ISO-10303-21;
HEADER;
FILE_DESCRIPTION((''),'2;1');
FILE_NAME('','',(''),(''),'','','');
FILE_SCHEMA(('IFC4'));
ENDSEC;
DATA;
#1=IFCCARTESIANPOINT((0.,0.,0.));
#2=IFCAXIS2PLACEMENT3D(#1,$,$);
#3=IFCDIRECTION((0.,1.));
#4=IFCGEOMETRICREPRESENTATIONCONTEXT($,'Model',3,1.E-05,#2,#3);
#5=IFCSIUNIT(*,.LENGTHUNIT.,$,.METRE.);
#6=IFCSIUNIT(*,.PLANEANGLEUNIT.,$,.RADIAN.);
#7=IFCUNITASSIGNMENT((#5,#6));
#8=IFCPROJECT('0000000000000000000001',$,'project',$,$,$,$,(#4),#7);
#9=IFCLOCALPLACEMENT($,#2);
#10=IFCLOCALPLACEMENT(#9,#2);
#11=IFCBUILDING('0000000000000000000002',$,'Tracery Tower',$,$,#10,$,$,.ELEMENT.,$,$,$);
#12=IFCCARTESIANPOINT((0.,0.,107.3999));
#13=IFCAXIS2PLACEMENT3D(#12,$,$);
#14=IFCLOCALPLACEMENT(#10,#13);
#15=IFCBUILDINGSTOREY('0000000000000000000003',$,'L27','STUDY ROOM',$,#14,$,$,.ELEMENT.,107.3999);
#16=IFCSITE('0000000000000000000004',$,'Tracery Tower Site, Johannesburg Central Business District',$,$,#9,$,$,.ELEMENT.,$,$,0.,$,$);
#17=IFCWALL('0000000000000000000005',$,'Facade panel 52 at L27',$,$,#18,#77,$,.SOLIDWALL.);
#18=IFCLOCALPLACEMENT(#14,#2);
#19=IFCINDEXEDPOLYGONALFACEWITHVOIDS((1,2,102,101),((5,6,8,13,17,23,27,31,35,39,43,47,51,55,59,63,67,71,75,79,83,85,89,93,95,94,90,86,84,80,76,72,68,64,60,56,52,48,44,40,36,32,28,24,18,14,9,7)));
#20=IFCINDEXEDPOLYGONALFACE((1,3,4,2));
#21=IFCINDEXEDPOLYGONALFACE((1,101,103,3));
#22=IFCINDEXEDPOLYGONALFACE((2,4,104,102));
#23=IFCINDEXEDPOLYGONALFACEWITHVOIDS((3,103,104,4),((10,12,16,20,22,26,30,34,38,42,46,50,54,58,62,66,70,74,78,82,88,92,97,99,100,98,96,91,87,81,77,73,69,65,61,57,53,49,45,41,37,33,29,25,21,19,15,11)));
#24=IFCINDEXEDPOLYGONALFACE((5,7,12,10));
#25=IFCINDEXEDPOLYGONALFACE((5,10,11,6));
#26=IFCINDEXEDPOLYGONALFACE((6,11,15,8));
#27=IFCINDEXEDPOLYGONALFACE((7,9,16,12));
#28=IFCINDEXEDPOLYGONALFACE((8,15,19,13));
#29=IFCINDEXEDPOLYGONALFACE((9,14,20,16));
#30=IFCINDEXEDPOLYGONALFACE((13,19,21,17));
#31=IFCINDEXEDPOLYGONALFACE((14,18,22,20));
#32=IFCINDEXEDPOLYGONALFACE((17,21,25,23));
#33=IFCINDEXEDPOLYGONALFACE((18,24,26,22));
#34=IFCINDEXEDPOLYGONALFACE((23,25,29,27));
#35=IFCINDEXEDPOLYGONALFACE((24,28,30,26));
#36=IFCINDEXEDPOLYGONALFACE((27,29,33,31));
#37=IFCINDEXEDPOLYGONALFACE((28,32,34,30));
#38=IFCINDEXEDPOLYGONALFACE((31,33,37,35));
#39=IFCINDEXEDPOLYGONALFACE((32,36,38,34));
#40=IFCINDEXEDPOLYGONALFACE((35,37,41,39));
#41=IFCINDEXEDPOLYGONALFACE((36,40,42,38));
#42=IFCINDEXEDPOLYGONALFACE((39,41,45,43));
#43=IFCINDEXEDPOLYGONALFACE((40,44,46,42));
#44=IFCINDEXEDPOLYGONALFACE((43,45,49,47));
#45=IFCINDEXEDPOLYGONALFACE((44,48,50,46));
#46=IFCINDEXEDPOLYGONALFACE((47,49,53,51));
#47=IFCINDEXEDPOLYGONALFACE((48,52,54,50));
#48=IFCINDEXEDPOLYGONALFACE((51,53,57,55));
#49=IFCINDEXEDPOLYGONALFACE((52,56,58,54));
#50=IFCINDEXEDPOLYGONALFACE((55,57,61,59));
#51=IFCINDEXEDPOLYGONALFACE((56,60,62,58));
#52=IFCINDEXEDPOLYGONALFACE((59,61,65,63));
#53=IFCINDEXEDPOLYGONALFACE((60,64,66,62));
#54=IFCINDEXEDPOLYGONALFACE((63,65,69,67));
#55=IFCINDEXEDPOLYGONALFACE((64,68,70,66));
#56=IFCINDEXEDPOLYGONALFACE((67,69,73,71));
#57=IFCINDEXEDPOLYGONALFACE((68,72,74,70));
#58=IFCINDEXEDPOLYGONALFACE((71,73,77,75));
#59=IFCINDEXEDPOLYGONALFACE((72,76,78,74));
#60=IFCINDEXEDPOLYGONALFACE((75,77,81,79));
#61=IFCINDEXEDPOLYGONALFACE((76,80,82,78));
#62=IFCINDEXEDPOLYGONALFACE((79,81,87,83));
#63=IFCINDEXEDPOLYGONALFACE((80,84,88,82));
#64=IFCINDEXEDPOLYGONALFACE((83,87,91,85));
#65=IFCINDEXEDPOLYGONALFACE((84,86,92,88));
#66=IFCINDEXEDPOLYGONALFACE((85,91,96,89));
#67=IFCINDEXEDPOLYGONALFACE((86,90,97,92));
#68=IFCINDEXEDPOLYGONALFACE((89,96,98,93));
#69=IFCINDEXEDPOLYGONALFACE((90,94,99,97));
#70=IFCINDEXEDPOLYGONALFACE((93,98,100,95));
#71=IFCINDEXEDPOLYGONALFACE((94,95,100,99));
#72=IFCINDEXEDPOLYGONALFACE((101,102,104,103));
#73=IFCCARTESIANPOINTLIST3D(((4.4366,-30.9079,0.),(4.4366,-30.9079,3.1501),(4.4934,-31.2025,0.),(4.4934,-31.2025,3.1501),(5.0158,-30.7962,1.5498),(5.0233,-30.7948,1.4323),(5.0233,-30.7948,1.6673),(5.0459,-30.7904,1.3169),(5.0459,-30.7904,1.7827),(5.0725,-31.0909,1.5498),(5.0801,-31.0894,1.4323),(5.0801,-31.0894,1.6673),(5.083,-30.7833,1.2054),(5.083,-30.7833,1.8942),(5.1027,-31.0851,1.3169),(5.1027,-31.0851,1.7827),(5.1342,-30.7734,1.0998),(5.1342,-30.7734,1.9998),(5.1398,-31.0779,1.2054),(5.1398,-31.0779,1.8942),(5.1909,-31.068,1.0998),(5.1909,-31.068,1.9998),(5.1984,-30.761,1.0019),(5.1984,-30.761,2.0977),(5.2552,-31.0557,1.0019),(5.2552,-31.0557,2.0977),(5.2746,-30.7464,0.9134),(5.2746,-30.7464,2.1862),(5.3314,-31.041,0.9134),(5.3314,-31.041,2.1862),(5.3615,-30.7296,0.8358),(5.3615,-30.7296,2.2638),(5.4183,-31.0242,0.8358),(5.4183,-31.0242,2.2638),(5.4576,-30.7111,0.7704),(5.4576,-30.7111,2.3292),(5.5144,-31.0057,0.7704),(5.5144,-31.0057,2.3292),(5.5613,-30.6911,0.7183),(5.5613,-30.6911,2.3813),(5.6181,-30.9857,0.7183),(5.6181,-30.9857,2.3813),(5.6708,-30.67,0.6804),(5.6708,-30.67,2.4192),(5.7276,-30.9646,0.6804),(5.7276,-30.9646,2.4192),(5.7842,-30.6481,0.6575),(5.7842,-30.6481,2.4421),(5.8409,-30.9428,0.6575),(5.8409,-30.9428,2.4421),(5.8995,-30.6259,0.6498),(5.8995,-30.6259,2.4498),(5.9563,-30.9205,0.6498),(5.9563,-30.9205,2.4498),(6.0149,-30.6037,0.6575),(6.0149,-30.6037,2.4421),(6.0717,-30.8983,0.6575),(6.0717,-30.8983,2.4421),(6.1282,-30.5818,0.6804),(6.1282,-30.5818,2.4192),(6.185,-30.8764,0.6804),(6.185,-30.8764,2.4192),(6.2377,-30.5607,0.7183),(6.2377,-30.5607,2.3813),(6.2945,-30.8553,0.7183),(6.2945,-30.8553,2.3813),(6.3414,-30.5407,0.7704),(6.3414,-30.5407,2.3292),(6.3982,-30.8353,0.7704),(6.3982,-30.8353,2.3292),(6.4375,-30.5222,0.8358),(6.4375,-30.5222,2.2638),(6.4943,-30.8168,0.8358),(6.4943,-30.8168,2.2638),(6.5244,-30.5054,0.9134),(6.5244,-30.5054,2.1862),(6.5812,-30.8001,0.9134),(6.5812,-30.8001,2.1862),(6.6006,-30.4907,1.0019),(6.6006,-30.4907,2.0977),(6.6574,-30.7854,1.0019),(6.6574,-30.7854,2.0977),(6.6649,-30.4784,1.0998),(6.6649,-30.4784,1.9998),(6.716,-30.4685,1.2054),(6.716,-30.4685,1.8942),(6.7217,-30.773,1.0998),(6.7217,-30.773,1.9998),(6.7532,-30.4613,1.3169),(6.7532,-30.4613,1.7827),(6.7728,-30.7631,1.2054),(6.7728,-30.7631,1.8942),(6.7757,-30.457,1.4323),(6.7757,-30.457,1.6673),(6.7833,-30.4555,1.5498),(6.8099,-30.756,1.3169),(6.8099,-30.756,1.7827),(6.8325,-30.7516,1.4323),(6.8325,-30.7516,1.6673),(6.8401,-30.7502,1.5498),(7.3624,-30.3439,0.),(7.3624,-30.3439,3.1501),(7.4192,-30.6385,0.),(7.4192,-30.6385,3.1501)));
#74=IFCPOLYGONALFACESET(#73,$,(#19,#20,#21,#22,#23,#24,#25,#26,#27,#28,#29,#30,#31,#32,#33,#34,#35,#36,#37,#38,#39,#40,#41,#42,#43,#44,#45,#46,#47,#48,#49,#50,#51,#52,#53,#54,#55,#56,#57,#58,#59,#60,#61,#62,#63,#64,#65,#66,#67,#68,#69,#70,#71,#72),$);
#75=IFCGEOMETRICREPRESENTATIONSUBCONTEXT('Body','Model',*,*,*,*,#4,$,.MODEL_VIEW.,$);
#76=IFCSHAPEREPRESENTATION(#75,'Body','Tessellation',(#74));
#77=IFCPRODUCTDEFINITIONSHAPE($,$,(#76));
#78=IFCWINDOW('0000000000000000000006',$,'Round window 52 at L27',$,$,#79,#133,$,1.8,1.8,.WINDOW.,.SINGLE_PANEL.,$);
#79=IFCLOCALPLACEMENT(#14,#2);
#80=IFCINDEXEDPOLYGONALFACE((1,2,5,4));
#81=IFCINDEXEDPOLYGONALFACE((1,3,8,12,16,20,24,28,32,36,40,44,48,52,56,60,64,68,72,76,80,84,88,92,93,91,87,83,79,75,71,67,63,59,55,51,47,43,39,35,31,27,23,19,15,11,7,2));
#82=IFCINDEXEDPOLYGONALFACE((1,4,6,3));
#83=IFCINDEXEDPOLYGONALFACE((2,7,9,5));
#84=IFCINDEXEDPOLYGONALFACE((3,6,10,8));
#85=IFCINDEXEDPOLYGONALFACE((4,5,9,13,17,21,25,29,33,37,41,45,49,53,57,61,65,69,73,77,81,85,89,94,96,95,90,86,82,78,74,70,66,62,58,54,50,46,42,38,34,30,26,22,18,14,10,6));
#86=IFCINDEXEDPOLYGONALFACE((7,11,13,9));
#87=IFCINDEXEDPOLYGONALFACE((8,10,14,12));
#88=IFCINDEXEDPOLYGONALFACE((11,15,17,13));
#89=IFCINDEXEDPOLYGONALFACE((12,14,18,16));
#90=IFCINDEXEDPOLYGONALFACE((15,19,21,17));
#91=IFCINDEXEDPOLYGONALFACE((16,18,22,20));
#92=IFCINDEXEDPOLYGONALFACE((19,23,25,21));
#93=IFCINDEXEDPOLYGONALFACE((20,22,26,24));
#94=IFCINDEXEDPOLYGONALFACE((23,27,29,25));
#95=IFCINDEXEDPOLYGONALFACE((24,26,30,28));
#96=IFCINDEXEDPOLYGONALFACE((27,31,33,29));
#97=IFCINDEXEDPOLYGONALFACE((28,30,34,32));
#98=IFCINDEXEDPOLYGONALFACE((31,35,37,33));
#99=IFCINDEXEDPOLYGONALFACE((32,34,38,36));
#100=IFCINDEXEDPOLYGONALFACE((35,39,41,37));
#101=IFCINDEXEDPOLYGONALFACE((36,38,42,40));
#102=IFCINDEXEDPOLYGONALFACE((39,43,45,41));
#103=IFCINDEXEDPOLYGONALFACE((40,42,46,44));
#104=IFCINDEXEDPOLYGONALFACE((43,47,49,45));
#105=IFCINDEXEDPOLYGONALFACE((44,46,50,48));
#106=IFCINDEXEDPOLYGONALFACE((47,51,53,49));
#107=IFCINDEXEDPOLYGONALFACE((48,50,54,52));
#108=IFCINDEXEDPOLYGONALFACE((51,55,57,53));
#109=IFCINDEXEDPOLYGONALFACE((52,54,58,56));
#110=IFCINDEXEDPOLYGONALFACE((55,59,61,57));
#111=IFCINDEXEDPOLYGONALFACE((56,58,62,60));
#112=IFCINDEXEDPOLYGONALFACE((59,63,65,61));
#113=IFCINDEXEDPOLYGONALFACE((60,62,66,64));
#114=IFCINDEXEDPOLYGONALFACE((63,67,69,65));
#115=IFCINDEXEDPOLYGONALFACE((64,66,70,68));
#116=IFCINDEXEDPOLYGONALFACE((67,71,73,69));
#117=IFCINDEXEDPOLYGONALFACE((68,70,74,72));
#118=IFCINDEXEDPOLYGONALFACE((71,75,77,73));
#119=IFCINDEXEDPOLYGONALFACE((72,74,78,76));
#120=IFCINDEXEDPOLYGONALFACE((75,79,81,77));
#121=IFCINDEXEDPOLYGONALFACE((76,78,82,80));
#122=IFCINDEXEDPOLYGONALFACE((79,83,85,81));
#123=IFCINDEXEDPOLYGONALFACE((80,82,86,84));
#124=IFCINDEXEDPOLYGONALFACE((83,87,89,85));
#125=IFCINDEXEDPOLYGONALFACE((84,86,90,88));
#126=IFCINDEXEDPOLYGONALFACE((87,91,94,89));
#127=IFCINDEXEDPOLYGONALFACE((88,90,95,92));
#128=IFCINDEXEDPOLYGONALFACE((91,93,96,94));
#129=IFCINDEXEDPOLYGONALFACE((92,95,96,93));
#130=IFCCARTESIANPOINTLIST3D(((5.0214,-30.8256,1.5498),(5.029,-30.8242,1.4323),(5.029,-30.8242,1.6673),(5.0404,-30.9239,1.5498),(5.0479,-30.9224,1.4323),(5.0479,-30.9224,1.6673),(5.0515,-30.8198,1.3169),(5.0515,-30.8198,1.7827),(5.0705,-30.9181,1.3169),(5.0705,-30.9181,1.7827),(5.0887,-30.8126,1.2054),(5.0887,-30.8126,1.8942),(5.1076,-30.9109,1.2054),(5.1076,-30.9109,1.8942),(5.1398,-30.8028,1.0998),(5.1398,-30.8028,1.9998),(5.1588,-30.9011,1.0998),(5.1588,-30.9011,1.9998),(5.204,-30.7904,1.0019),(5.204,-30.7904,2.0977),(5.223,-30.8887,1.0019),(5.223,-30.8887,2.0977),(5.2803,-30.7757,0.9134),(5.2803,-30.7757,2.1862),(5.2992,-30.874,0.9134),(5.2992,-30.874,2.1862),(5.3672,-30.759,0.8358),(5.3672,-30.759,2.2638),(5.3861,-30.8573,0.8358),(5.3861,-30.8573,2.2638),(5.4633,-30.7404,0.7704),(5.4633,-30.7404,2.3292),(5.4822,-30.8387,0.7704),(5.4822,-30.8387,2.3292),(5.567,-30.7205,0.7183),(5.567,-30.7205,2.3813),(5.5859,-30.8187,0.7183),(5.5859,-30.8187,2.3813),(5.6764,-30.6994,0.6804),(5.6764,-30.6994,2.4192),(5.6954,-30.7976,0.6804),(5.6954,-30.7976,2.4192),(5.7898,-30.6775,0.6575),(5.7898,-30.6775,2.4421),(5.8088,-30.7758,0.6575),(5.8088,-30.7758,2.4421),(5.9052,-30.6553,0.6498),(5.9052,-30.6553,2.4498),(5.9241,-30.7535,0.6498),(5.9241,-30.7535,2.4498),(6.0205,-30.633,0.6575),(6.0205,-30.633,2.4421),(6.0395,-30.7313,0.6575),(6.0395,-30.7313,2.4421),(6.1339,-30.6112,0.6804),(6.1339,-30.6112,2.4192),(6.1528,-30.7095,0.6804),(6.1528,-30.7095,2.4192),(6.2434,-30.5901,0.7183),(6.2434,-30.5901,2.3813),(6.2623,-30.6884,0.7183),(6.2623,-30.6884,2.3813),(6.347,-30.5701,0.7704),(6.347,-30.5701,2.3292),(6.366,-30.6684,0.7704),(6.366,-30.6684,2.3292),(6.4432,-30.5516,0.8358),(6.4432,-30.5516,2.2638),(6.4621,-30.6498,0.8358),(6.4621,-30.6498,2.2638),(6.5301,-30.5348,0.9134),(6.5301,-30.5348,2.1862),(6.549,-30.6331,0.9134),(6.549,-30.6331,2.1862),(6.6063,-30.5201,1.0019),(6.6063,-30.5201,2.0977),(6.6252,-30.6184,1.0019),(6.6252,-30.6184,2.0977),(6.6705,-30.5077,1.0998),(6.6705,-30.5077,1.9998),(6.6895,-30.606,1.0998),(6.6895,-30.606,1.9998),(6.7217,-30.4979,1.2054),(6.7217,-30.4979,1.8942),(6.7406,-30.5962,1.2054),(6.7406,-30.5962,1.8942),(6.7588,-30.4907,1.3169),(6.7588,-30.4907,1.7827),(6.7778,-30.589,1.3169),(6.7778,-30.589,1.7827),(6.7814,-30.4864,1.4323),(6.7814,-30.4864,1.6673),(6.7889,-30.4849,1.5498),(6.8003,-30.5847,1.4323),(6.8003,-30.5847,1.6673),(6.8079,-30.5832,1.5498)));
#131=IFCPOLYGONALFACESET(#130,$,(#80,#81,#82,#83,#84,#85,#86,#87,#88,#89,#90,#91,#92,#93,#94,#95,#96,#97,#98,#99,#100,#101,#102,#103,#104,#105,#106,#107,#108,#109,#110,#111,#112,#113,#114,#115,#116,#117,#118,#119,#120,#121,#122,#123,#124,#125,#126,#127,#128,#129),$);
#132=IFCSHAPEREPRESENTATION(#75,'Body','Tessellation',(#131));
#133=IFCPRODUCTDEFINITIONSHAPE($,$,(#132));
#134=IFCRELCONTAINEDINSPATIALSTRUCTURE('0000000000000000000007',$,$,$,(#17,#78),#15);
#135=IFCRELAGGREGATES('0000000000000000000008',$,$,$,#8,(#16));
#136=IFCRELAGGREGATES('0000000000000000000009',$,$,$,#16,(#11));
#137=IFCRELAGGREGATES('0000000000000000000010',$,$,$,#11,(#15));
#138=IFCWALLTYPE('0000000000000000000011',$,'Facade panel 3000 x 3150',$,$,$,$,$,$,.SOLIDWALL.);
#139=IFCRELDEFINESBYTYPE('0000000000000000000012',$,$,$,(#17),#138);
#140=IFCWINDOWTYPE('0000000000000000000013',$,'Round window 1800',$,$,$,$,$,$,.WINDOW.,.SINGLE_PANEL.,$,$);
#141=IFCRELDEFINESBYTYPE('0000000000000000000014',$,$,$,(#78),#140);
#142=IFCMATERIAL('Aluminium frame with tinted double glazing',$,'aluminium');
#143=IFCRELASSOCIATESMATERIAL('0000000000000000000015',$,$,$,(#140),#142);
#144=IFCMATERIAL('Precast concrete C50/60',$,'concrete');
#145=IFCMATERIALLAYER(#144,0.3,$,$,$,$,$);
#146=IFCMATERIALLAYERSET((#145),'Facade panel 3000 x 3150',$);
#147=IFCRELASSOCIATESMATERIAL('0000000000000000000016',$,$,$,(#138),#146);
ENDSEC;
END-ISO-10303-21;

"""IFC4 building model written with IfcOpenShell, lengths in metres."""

from ifc_helpers import new_model, si_unit, direction, frame, frame_2d, origin, origin_2d, place, context, subcontext, project, spatial, rectangle, circle, extrude, material, layer, layer_set, type_object, element, fill, save


model = new_model("IFC4")

# Units and contexts
model_context = context("Model", 3, precision=1e-05, world=origin(), true_north=direction((0.0, 1.0)))
body_context = subcontext(model_context, "Body", "Model", "MODEL_VIEW")
ifc_project = project(units=[si_unit("LENGTHUNIT", "METRE"), si_unit("PLANEANGLEUNIT", "RADIAN")], contexts=[model_context])

# Site, building, storey
site_placement = place(None, origin())
site = spatial("IfcSite", under=ifc_project, at=site_placement, Name="Tracery Tower Site, Johannesburg Central Business District", CompositionType="ELEMENT", RefElevation=0.0)
building_placement = place(site_placement, origin())
building = spatial("IfcBuilding", under=site, at=building_placement, Name="Tracery Tower", CompositionType="ELEMENT")
storey_placement = place(building_placement, frame((0.0, 0.0, 107.3999)))
storey = spatial("IfcBuildingStorey", under=building, at=storey_placement, Name="L27", Description="STUDY ROOM", CompositionType="ELEMENT", Elevation=107.3999)

# Wall, opening, window
ifc_material_1 = material(Name="Aluminium frame with tinted double glazing", Category="aluminium")
window_type = type_object("IfcWindowType", Name="Round window 1800", PartitioningType="SINGLE_PANEL", PredefinedType="WINDOW", material=ifc_material_1)
ifc_material_2 = material(Name="Precast concrete C50/60", Category="concrete")
ifc_layer_1 = layer(ifc_material_2, 0.3)
ifc_layer_set_1 = layer_set([ifc_layer_1], Name="Facade panel 3000 x 3150")
wall_type_1 = type_object("IfcWallType", Name="Facade panel 3000 x 3150", PredefinedType="SOLIDWALL", material=ifc_layer_set_1)
wall_1_placement = place(storey_placement, frame((4.4651, -31.0552, 0.0), z_axis=(0.0, 0.0, 1.0), x_axis=(0.981925, 0.189273, 0.0)))
wall_1 = element("IfcWall", 1, at=wall_1_placement, inside=storey, type_object=wall_type_1, Name="Facade panel 52 at L27", PredefinedType="SOLIDWALL", context=body_context, shape_type="SweptSolid", body=[
    extrude(rectangle(XDim=2.9797, YDim=0.3, at=frame_2d((1.4897, 0.0))), origin(), (0.0, 0.0, 1.0), 3.1501),
])
opening_1_placement = place(wall_1_placement, frame((1.4897, 0.0, 1.5498)))
opening_1 = element("IfcOpeningElement", 2, at=opening_1_placement, cuts=wall_1, PredefinedType="OPENING", context=body_context, shape_type="SweptSolid", body=[
    extrude(circle(Radius=0.9, at=origin_2d()), frame((0.0, 0.1599, 0.0), z_axis=(0.0, -1.0, 0.0), x_axis=(1.0, 0.0, 0.0)), (0.0, 0.0, 1.0), 0.3201),
])
window_1_placement = place(opening_1_placement, origin())
window_1 = element("IfcWindow", 3, at=window_1_placement, inside=storey, type_object=window_type, Name="Round window 52 at L27", OverallHeight=1.8, OverallWidth=1.8, PartitioningType="SINGLE_PANEL", PredefinedType="WINDOW", context=body_context, shape_type="SweptSolid", body=[
    extrude(circle(Radius=0.9, at=origin_2d()), frame((0.0, 0.1201, 0.0), z_axis=(0.0, -1.0, 0.0), x_axis=(1.0, 0.0, 0.0)), (0.0, 0.0, 1.0), 0.1001),
])
fill(opening_1, window_1)

save(model, "model.ifc")
